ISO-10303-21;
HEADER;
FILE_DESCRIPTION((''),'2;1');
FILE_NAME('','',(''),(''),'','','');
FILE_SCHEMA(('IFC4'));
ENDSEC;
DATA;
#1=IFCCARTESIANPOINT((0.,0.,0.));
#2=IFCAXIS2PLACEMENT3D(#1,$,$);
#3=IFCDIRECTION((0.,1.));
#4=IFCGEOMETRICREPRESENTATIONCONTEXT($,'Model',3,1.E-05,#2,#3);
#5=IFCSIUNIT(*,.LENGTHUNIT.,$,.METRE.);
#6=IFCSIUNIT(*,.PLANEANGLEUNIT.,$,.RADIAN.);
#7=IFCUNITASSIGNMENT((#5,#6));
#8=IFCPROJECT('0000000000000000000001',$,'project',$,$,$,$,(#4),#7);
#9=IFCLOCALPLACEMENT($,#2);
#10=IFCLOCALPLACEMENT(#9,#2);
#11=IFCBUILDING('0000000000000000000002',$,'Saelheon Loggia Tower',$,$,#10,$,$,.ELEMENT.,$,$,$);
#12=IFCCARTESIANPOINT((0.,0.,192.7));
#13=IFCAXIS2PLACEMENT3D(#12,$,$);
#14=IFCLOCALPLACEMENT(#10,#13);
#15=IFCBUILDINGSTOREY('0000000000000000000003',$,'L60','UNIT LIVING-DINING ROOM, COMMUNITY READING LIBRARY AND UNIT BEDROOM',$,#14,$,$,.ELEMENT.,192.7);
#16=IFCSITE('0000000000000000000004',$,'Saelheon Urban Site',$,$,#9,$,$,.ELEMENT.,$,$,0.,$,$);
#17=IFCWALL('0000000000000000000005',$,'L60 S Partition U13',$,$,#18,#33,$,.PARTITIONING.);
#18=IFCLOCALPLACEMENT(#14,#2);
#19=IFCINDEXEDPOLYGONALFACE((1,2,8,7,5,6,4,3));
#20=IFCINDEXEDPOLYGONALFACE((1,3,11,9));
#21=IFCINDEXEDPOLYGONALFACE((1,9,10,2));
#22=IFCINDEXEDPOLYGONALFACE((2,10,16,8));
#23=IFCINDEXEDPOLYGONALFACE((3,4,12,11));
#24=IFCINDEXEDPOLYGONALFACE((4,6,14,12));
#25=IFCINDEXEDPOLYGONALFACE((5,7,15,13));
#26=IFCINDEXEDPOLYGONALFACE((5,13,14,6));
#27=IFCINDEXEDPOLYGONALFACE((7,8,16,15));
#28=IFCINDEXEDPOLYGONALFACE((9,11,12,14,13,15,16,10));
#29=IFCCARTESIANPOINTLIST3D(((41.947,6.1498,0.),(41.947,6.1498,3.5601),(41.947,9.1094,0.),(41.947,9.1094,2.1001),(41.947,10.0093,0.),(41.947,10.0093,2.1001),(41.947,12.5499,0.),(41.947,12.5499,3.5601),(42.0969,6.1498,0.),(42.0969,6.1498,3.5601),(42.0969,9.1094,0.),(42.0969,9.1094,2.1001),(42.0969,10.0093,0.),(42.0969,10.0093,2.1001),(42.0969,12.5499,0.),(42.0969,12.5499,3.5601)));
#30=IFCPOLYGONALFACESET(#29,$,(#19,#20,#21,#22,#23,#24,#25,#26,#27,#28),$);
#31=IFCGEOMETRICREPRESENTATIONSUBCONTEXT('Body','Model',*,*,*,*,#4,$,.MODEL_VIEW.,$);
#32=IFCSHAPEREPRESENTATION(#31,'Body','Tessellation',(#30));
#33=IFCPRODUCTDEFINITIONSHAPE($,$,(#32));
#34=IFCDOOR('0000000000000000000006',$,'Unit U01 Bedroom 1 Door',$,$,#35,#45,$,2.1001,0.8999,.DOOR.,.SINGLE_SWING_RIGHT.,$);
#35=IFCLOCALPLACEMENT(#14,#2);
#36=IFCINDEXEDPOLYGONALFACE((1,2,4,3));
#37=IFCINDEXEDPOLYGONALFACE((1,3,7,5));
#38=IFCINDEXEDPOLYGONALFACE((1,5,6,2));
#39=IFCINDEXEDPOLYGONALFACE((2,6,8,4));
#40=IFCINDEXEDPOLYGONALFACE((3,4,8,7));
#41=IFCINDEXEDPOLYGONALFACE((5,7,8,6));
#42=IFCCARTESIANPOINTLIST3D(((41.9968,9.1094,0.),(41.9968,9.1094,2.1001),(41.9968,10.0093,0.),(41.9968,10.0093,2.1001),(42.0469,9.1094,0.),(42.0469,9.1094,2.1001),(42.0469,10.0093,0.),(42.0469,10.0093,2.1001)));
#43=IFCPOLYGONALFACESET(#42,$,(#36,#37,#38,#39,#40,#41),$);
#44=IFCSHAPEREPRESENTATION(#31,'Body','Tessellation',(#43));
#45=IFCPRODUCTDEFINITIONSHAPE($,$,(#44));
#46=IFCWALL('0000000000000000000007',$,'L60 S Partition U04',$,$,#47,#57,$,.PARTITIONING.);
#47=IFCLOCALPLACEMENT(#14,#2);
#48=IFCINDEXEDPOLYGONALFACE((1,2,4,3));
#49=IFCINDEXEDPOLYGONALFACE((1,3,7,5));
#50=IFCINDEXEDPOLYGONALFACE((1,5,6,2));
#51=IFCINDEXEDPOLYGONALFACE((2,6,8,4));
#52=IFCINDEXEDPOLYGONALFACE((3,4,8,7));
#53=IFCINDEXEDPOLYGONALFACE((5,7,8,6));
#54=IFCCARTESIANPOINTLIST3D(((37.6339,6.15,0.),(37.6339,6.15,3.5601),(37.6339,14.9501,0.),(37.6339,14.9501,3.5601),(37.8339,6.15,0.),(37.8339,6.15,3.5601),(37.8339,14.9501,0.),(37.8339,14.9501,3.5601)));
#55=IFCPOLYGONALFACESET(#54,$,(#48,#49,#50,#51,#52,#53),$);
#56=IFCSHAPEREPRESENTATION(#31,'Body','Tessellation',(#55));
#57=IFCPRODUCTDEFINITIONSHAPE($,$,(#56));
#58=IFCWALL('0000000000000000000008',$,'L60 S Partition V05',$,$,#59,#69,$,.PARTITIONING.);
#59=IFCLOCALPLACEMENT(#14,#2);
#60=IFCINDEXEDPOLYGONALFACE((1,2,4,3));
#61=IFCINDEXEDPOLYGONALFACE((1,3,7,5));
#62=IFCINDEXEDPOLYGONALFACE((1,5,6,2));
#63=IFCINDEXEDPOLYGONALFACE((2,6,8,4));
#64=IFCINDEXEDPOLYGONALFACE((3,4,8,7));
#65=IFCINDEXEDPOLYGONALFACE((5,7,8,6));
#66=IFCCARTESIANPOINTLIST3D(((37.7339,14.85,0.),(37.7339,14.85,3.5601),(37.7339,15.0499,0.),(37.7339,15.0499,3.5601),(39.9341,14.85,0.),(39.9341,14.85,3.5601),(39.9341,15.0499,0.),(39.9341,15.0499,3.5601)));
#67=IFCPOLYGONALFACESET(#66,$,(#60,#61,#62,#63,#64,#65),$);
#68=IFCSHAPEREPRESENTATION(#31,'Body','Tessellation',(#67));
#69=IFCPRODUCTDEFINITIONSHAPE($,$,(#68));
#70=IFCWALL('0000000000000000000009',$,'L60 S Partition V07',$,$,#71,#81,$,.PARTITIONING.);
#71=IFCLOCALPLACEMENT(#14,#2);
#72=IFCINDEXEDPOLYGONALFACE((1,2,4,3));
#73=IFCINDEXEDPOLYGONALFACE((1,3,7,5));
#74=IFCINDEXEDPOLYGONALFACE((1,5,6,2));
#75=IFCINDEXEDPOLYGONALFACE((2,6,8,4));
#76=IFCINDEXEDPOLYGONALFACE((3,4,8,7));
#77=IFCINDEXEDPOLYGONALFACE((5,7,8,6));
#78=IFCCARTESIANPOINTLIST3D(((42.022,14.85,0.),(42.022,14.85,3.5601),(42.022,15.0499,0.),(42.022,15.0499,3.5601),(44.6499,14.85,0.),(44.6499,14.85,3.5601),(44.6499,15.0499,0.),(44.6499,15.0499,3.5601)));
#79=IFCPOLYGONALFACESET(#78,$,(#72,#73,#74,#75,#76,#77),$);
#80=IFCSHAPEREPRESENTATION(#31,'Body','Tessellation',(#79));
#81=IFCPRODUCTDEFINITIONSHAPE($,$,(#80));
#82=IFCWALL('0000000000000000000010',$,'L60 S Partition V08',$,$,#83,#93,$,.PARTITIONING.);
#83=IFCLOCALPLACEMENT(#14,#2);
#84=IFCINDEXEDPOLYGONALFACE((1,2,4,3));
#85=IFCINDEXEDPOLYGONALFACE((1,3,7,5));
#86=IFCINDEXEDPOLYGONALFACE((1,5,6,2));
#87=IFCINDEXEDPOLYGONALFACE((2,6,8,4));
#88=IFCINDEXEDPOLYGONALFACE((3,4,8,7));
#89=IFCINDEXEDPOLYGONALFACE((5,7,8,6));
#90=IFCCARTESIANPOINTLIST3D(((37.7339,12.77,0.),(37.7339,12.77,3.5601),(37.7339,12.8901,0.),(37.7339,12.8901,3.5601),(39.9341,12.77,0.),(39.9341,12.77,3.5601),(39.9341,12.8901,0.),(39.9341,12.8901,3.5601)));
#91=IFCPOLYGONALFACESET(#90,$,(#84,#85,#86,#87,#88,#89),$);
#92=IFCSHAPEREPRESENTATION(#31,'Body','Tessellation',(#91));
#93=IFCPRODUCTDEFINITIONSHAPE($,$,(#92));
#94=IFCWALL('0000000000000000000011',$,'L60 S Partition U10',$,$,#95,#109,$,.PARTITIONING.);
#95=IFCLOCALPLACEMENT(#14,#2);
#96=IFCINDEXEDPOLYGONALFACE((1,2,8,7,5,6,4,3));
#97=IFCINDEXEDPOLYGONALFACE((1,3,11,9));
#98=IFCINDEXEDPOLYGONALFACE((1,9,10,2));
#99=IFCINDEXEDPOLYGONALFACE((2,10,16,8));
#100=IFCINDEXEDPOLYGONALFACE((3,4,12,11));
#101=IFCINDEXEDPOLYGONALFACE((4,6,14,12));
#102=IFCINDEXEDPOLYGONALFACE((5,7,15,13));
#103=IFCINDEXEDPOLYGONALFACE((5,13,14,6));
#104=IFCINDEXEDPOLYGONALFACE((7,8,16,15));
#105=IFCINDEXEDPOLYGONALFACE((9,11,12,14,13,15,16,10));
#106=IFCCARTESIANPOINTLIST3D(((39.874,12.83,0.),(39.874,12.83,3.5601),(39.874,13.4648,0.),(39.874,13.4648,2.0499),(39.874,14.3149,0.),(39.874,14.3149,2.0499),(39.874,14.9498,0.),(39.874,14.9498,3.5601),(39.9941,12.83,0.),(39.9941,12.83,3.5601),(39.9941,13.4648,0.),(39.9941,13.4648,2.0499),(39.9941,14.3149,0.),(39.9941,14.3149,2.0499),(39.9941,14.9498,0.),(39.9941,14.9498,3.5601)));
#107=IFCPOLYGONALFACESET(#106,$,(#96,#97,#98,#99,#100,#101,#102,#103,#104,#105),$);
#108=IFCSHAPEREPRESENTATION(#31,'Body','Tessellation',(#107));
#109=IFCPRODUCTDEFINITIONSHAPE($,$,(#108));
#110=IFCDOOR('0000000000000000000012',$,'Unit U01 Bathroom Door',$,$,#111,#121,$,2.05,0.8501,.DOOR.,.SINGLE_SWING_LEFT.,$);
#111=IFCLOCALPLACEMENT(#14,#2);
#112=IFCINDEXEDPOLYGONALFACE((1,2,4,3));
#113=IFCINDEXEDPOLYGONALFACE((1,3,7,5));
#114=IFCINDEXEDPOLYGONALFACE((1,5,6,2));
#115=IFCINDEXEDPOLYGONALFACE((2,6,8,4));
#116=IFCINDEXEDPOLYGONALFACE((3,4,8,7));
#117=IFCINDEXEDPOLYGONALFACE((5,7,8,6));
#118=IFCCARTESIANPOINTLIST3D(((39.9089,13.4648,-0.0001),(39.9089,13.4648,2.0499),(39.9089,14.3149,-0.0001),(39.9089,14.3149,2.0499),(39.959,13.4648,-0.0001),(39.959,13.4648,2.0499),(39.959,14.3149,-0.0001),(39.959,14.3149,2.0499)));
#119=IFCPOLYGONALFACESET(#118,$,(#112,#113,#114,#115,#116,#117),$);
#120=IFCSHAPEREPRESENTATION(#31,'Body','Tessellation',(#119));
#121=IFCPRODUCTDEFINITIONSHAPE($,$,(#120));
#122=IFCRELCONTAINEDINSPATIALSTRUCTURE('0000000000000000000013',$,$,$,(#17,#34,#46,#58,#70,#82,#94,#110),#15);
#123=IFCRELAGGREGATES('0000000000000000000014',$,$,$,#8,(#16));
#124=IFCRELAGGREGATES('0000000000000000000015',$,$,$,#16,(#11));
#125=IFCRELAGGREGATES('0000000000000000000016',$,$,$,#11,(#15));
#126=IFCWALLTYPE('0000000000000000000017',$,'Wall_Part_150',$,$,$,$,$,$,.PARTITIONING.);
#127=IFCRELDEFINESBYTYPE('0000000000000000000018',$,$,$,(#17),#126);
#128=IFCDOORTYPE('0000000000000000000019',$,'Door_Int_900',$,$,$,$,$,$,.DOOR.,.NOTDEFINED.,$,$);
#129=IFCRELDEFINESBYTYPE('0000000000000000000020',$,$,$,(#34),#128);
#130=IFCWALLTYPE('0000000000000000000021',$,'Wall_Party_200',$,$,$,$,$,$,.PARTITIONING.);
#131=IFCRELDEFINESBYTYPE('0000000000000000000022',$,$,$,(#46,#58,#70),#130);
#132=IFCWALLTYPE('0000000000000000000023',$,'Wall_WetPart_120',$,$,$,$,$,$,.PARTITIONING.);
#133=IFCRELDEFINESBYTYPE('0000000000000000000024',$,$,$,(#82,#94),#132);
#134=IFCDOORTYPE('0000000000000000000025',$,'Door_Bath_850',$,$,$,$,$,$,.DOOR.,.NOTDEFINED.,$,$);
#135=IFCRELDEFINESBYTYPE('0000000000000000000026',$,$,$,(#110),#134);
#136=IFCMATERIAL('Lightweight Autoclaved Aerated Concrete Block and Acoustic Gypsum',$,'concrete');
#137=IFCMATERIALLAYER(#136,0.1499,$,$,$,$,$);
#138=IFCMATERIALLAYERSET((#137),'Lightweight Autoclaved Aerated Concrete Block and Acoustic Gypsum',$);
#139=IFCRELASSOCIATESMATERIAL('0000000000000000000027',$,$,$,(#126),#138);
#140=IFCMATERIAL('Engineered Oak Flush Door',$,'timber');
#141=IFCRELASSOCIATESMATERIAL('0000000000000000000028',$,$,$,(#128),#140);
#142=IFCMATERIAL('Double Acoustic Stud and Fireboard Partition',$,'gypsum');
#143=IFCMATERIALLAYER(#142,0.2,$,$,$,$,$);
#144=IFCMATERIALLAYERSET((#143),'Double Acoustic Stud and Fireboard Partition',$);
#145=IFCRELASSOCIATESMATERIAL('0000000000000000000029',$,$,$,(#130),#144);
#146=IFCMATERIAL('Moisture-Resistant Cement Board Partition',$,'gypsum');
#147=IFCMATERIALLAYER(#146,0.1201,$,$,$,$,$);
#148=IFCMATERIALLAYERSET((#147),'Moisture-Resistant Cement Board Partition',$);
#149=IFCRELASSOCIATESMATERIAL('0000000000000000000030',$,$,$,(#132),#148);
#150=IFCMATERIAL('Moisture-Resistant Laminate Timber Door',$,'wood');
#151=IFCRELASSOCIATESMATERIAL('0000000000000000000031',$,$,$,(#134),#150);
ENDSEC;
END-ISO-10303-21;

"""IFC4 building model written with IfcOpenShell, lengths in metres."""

from ifc_helpers import new_model, si_unit, direction, frame, frame_2d, origin, place, context, subcontext, project, spatial, rectangle, extrude, source, transform, mapped, material, layer, layer_set, type_object, element, fill, save


model = new_model("IFC4")

# Units and contexts
model_context = context("Model", 3, precision=1e-05, world=origin(), true_north=direction((0.0, 1.0)))
body_context = subcontext(model_context, "Body", "Model", "MODEL_VIEW")
ifc_project = project(units=[si_unit("LENGTHUNIT", "METRE"), si_unit("PLANEANGLEUNIT", "RADIAN")], contexts=[model_context])

# Site, building, storey
site_placement = place(None, origin())
site = spatial("IfcSite", under=ifc_project, at=site_placement, Name="Saelheon Urban Site", CompositionType="ELEMENT", RefElevation=0.0)
building_placement = place(site_placement, origin())
building = spatial("IfcBuilding", under=site, at=building_placement, Name="Saelheon Loggia Tower", CompositionType="ELEMENT")
storey_placement = place(building_placement, frame((0.0, 0.0, 192.7)))
storey = spatial("IfcBuildingStorey", under=building, at=storey_placement, Name="L60", Description="UNIT LIVING-DINING ROOM, COMMUNITY READING LIBRARY AND UNIT BEDROOM", CompositionType="ELEMENT", Elevation=192.7)

# Shared definitions
ifc_material_1 = material(Name="Lightweight Autoclaved Aerated Concrete Block and Acoustic Gypsum", Category="concrete")
ifc_layer_1 = layer(ifc_material_1, 0.1499)
ifc_layer_set_1 = layer_set([ifc_layer_1], Name="Lightweight Autoclaved Aerated Concrete Block and Acoustic Gypsum")
wall_type_1 = type_object("IfcWallType", Name="Wall_Part_150", PredefinedType="PARTITIONING", material=ifc_layer_set_1)
ifc_material_2 = material(Name="Engineered Oak Flush Door", Category="timber")
door_type_1 = type_object("IfcDoorType", Name="Door_Int_900", OperationType="NOTDEFINED", PredefinedType="DOOR", material=ifc_material_2)
shared_shape_1 = source(origin(), body_context, "Body", "SweptSolid", [
    extrude(rectangle(XDim=0.8999, YDim=2.1001, at=frame_2d((0.45, 1.05))), frame((0.0, 0.0249, 0.0), z_axis=(0.0, -1.0, 0.0), x_axis=(1.0, 0.0, 0.0)), (0.0, 0.0, 1.0), 0.05),
])

# Wall, opening, door
wall_1_placement = place(storey_placement, frame((42.022, 12.55, 0.0), z_axis=(0.0, 0.0, 1.0), x_axis=(0.0, -1.0, 0.0)))
wall_1 = element("IfcWall", 1, at=wall_1_placement, inside=storey, type_object=wall_type_1, Name="L60 S Partition U13", PredefinedType="PARTITIONING", context=body_context, shape_type="SweptSolid", body=[
    extrude(rectangle(XDim=6.4001, YDim=0.1499, at=frame_2d((3.2002, 0.0))), origin(), (0.0, 0.0, 1.0), 3.5601),
])
opening_1_placement = place(wall_1_placement, frame((2.5408, 0.0, 0.0)))
opening_1 = element("IfcOpeningElement", 2, at=opening_1_placement, cuts=wall_1, PredefinedType="OPENING", context=body_context, shape_type="SweptSolid", body=[
    extrude(rectangle(XDim=0.8999, YDim=2.1001, at=frame_2d((0.45, 1.05))), frame((0.0, 0.0869, 0.0), z_axis=(0.0, -1.0, 0.0), x_axis=(1.0, 0.0, 0.0)), (0.0, 0.0, 1.0), 0.1738),
])
door_1_placement = place(opening_1_placement, origin())
door_1 = element("IfcDoor", 3, at=door_1_placement, inside=storey, type_object=door_type_1, Name="Unit U01 Bedroom 1 Door", OperationType="SINGLE_SWING_RIGHT", OverallHeight=2.1001, OverallWidth=0.8999, PredefinedType="DOOR", context=body_context, shape_type="MappedRepresentation", body=[
    mapped(shared_shape_1, transform((0.0, 0.0, 0.0), scale=1.0)),
])
fill(opening_1, door_1)

# Walls
ifc_material_3 = material(Name="Double Acoustic Stud and Fireboard Partition", Category="gypsum")
ifc_layer_2 = layer(ifc_material_3, 0.2)
ifc_layer_set_2 = layer_set([ifc_layer_2], Name="Double Acoustic Stud and Fireboard Partition")
wall_type_2 = type_object("IfcWallType", Name="Wall_Party_200", PredefinedType="PARTITIONING", material=ifc_layer_set_2)
wall_2_placement = place(storey_placement, frame((37.7339, 14.95, 0.0), z_axis=(0.0, 0.0, 1.0), x_axis=(0.0, -1.0, 0.0)))
element("IfcWall", 4, at=wall_2_placement, inside=storey, type_object=wall_type_2, Name="L60 S Partition U04", PredefinedType="PARTITIONING", context=body_context, shape_type="SweptSolid", body=[
    extrude(rectangle(XDim=8.8, YDim=0.2, at=frame_2d((4.3999, 0.0))), origin(), (0.0, 0.0, 1.0), 3.5601),
])
wall_3_placement = place(storey_placement, frame((37.7339, 14.95, 0.0), z_axis=(0.0, 0.0, 1.0), x_axis=(1.0, 0.0, 0.0)))
element("IfcWall", 5, at=wall_3_placement, inside=storey, type_object=wall_type_2, Name="L60 S Partition V05", PredefinedType="PARTITIONING", context=body_context, shape_type="SweptSolid", body=[
    extrude(rectangle(XDim=2.2002, YDim=0.2, at=frame_2d((1.1001, 0.0))), origin(), (0.0, 0.0, 1.0), 3.5601),
])

# Walls
wall_4_placement = place(storey_placement, frame((42.022, 14.95, 0.0), z_axis=(0.0, 0.0, 1.0), x_axis=(1.0, 0.0, 0.0)))
element("IfcWall", 6, at=wall_4_placement, inside=storey, type_object=wall_type_2, Name="L60 S Partition V07", PredefinedType="PARTITIONING", context=body_context, shape_type="SweptSolid", body=[
    extrude(rectangle(XDim=2.6279, YDim=0.2, at=frame_2d((1.314, 0.0))), origin(), (0.0, 0.0, 1.0), 3.5601),
])
ifc_material_4 = material(Name="Moisture-Resistant Cement Board Partition", Category="gypsum")
ifc_layer_3 = layer(ifc_material_4, 0.1201)
ifc_layer_set_3 = layer_set([ifc_layer_3], Name="Moisture-Resistant Cement Board Partition")
wall_type_3 = type_object("IfcWallType", Name="Wall_WetPart_120", PredefinedType="PARTITIONING", material=ifc_layer_set_3)
wall_5_placement = place(storey_placement, frame((37.7339, 12.8301, 0.0), z_axis=(0.0, 0.0, 1.0), x_axis=(1.0, 0.0, 0.0)))
element("IfcWall", 7, at=wall_5_placement, inside=storey, type_object=wall_type_3, Name="L60 S Partition V08", PredefinedType="PARTITIONING", context=body_context, shape_type="SweptSolid", body=[
    extrude(rectangle(XDim=2.2002, YDim=0.1201, at=frame_2d((1.1001, 0.0))), origin(), (0.0, 0.0, 1.0), 3.5601),
])

# Wall, opening, door
wall_6_placement = place(storey_placement, frame((39.9341, 14.95, 0.0), z_axis=(0.0, 0.0, 1.0), x_axis=(0.0, -1.0, 0.0)))
wall_6 = element("IfcWall", 8, at=wall_6_placement, inside=storey, type_object=wall_type_3, Name="L60 S Partition U10", PredefinedType="PARTITIONING", context=body_context, shape_type="SweptSolid", body=[
    extrude(rectangle(XDim=2.1199, YDim=0.1201, at=frame_2d((1.0601, 0.0))), origin(), (0.0, 0.0, 1.0), 3.5601),
])
opening_2_placement = place(wall_6_placement, frame((0.635, 0.0, 0.0)))
opening_2 = element("IfcOpeningElement", 9, at=opening_2_placement, cuts=wall_6, PredefinedType="OPENING", context=body_context, shape_type="SweptSolid", body=[
    extrude(rectangle(XDim=0.8501, YDim=2.05, at=frame_2d((0.425, 1.0249))), frame((0.0, 0.072, 0.0), z_axis=(0.0, -1.0, 0.0), x_axis=(1.0, 0.0, 0.0)), (0.0, 0.0, 1.0), 0.144),
])
ifc_material_5 = material(Name="Moisture-Resistant Laminate Timber Door", Category="wood")
door_type_2 = type_object("IfcDoorType", Name="Door_Bath_850", OperationType="NOTDEFINED", PredefinedType="DOOR", material=ifc_material_5)
shared_shape_2 = source(origin(), body_context, "Body", "SweptSolid", [
    extrude(rectangle(XDim=0.8501, YDim=2.05, at=frame_2d((0.425, 1.0249))), frame((0.0, 0.0249, 0.0), z_axis=(0.0, -1.0, 0.0), x_axis=(1.0, 0.0, 0.0)), (0.0, 0.0, 1.0), 0.05),
])
door_2_placement = place(opening_2_placement, origin())
door_2 = element("IfcDoor", 10, at=door_2_placement, inside=storey, type_object=door_type_2, Name="Unit U01 Bathroom Door", OperationType="SINGLE_SWING_LEFT", OverallHeight=2.05, OverallWidth=0.8501, PredefinedType="DOOR", context=body_context, shape_type="MappedRepresentation", body=[
    mapped(shared_shape_2, transform((0.0, 0.0, 0.0), scale=1.0)),
])
fill(opening_2, door_2)

save(model, "model.ifc")
